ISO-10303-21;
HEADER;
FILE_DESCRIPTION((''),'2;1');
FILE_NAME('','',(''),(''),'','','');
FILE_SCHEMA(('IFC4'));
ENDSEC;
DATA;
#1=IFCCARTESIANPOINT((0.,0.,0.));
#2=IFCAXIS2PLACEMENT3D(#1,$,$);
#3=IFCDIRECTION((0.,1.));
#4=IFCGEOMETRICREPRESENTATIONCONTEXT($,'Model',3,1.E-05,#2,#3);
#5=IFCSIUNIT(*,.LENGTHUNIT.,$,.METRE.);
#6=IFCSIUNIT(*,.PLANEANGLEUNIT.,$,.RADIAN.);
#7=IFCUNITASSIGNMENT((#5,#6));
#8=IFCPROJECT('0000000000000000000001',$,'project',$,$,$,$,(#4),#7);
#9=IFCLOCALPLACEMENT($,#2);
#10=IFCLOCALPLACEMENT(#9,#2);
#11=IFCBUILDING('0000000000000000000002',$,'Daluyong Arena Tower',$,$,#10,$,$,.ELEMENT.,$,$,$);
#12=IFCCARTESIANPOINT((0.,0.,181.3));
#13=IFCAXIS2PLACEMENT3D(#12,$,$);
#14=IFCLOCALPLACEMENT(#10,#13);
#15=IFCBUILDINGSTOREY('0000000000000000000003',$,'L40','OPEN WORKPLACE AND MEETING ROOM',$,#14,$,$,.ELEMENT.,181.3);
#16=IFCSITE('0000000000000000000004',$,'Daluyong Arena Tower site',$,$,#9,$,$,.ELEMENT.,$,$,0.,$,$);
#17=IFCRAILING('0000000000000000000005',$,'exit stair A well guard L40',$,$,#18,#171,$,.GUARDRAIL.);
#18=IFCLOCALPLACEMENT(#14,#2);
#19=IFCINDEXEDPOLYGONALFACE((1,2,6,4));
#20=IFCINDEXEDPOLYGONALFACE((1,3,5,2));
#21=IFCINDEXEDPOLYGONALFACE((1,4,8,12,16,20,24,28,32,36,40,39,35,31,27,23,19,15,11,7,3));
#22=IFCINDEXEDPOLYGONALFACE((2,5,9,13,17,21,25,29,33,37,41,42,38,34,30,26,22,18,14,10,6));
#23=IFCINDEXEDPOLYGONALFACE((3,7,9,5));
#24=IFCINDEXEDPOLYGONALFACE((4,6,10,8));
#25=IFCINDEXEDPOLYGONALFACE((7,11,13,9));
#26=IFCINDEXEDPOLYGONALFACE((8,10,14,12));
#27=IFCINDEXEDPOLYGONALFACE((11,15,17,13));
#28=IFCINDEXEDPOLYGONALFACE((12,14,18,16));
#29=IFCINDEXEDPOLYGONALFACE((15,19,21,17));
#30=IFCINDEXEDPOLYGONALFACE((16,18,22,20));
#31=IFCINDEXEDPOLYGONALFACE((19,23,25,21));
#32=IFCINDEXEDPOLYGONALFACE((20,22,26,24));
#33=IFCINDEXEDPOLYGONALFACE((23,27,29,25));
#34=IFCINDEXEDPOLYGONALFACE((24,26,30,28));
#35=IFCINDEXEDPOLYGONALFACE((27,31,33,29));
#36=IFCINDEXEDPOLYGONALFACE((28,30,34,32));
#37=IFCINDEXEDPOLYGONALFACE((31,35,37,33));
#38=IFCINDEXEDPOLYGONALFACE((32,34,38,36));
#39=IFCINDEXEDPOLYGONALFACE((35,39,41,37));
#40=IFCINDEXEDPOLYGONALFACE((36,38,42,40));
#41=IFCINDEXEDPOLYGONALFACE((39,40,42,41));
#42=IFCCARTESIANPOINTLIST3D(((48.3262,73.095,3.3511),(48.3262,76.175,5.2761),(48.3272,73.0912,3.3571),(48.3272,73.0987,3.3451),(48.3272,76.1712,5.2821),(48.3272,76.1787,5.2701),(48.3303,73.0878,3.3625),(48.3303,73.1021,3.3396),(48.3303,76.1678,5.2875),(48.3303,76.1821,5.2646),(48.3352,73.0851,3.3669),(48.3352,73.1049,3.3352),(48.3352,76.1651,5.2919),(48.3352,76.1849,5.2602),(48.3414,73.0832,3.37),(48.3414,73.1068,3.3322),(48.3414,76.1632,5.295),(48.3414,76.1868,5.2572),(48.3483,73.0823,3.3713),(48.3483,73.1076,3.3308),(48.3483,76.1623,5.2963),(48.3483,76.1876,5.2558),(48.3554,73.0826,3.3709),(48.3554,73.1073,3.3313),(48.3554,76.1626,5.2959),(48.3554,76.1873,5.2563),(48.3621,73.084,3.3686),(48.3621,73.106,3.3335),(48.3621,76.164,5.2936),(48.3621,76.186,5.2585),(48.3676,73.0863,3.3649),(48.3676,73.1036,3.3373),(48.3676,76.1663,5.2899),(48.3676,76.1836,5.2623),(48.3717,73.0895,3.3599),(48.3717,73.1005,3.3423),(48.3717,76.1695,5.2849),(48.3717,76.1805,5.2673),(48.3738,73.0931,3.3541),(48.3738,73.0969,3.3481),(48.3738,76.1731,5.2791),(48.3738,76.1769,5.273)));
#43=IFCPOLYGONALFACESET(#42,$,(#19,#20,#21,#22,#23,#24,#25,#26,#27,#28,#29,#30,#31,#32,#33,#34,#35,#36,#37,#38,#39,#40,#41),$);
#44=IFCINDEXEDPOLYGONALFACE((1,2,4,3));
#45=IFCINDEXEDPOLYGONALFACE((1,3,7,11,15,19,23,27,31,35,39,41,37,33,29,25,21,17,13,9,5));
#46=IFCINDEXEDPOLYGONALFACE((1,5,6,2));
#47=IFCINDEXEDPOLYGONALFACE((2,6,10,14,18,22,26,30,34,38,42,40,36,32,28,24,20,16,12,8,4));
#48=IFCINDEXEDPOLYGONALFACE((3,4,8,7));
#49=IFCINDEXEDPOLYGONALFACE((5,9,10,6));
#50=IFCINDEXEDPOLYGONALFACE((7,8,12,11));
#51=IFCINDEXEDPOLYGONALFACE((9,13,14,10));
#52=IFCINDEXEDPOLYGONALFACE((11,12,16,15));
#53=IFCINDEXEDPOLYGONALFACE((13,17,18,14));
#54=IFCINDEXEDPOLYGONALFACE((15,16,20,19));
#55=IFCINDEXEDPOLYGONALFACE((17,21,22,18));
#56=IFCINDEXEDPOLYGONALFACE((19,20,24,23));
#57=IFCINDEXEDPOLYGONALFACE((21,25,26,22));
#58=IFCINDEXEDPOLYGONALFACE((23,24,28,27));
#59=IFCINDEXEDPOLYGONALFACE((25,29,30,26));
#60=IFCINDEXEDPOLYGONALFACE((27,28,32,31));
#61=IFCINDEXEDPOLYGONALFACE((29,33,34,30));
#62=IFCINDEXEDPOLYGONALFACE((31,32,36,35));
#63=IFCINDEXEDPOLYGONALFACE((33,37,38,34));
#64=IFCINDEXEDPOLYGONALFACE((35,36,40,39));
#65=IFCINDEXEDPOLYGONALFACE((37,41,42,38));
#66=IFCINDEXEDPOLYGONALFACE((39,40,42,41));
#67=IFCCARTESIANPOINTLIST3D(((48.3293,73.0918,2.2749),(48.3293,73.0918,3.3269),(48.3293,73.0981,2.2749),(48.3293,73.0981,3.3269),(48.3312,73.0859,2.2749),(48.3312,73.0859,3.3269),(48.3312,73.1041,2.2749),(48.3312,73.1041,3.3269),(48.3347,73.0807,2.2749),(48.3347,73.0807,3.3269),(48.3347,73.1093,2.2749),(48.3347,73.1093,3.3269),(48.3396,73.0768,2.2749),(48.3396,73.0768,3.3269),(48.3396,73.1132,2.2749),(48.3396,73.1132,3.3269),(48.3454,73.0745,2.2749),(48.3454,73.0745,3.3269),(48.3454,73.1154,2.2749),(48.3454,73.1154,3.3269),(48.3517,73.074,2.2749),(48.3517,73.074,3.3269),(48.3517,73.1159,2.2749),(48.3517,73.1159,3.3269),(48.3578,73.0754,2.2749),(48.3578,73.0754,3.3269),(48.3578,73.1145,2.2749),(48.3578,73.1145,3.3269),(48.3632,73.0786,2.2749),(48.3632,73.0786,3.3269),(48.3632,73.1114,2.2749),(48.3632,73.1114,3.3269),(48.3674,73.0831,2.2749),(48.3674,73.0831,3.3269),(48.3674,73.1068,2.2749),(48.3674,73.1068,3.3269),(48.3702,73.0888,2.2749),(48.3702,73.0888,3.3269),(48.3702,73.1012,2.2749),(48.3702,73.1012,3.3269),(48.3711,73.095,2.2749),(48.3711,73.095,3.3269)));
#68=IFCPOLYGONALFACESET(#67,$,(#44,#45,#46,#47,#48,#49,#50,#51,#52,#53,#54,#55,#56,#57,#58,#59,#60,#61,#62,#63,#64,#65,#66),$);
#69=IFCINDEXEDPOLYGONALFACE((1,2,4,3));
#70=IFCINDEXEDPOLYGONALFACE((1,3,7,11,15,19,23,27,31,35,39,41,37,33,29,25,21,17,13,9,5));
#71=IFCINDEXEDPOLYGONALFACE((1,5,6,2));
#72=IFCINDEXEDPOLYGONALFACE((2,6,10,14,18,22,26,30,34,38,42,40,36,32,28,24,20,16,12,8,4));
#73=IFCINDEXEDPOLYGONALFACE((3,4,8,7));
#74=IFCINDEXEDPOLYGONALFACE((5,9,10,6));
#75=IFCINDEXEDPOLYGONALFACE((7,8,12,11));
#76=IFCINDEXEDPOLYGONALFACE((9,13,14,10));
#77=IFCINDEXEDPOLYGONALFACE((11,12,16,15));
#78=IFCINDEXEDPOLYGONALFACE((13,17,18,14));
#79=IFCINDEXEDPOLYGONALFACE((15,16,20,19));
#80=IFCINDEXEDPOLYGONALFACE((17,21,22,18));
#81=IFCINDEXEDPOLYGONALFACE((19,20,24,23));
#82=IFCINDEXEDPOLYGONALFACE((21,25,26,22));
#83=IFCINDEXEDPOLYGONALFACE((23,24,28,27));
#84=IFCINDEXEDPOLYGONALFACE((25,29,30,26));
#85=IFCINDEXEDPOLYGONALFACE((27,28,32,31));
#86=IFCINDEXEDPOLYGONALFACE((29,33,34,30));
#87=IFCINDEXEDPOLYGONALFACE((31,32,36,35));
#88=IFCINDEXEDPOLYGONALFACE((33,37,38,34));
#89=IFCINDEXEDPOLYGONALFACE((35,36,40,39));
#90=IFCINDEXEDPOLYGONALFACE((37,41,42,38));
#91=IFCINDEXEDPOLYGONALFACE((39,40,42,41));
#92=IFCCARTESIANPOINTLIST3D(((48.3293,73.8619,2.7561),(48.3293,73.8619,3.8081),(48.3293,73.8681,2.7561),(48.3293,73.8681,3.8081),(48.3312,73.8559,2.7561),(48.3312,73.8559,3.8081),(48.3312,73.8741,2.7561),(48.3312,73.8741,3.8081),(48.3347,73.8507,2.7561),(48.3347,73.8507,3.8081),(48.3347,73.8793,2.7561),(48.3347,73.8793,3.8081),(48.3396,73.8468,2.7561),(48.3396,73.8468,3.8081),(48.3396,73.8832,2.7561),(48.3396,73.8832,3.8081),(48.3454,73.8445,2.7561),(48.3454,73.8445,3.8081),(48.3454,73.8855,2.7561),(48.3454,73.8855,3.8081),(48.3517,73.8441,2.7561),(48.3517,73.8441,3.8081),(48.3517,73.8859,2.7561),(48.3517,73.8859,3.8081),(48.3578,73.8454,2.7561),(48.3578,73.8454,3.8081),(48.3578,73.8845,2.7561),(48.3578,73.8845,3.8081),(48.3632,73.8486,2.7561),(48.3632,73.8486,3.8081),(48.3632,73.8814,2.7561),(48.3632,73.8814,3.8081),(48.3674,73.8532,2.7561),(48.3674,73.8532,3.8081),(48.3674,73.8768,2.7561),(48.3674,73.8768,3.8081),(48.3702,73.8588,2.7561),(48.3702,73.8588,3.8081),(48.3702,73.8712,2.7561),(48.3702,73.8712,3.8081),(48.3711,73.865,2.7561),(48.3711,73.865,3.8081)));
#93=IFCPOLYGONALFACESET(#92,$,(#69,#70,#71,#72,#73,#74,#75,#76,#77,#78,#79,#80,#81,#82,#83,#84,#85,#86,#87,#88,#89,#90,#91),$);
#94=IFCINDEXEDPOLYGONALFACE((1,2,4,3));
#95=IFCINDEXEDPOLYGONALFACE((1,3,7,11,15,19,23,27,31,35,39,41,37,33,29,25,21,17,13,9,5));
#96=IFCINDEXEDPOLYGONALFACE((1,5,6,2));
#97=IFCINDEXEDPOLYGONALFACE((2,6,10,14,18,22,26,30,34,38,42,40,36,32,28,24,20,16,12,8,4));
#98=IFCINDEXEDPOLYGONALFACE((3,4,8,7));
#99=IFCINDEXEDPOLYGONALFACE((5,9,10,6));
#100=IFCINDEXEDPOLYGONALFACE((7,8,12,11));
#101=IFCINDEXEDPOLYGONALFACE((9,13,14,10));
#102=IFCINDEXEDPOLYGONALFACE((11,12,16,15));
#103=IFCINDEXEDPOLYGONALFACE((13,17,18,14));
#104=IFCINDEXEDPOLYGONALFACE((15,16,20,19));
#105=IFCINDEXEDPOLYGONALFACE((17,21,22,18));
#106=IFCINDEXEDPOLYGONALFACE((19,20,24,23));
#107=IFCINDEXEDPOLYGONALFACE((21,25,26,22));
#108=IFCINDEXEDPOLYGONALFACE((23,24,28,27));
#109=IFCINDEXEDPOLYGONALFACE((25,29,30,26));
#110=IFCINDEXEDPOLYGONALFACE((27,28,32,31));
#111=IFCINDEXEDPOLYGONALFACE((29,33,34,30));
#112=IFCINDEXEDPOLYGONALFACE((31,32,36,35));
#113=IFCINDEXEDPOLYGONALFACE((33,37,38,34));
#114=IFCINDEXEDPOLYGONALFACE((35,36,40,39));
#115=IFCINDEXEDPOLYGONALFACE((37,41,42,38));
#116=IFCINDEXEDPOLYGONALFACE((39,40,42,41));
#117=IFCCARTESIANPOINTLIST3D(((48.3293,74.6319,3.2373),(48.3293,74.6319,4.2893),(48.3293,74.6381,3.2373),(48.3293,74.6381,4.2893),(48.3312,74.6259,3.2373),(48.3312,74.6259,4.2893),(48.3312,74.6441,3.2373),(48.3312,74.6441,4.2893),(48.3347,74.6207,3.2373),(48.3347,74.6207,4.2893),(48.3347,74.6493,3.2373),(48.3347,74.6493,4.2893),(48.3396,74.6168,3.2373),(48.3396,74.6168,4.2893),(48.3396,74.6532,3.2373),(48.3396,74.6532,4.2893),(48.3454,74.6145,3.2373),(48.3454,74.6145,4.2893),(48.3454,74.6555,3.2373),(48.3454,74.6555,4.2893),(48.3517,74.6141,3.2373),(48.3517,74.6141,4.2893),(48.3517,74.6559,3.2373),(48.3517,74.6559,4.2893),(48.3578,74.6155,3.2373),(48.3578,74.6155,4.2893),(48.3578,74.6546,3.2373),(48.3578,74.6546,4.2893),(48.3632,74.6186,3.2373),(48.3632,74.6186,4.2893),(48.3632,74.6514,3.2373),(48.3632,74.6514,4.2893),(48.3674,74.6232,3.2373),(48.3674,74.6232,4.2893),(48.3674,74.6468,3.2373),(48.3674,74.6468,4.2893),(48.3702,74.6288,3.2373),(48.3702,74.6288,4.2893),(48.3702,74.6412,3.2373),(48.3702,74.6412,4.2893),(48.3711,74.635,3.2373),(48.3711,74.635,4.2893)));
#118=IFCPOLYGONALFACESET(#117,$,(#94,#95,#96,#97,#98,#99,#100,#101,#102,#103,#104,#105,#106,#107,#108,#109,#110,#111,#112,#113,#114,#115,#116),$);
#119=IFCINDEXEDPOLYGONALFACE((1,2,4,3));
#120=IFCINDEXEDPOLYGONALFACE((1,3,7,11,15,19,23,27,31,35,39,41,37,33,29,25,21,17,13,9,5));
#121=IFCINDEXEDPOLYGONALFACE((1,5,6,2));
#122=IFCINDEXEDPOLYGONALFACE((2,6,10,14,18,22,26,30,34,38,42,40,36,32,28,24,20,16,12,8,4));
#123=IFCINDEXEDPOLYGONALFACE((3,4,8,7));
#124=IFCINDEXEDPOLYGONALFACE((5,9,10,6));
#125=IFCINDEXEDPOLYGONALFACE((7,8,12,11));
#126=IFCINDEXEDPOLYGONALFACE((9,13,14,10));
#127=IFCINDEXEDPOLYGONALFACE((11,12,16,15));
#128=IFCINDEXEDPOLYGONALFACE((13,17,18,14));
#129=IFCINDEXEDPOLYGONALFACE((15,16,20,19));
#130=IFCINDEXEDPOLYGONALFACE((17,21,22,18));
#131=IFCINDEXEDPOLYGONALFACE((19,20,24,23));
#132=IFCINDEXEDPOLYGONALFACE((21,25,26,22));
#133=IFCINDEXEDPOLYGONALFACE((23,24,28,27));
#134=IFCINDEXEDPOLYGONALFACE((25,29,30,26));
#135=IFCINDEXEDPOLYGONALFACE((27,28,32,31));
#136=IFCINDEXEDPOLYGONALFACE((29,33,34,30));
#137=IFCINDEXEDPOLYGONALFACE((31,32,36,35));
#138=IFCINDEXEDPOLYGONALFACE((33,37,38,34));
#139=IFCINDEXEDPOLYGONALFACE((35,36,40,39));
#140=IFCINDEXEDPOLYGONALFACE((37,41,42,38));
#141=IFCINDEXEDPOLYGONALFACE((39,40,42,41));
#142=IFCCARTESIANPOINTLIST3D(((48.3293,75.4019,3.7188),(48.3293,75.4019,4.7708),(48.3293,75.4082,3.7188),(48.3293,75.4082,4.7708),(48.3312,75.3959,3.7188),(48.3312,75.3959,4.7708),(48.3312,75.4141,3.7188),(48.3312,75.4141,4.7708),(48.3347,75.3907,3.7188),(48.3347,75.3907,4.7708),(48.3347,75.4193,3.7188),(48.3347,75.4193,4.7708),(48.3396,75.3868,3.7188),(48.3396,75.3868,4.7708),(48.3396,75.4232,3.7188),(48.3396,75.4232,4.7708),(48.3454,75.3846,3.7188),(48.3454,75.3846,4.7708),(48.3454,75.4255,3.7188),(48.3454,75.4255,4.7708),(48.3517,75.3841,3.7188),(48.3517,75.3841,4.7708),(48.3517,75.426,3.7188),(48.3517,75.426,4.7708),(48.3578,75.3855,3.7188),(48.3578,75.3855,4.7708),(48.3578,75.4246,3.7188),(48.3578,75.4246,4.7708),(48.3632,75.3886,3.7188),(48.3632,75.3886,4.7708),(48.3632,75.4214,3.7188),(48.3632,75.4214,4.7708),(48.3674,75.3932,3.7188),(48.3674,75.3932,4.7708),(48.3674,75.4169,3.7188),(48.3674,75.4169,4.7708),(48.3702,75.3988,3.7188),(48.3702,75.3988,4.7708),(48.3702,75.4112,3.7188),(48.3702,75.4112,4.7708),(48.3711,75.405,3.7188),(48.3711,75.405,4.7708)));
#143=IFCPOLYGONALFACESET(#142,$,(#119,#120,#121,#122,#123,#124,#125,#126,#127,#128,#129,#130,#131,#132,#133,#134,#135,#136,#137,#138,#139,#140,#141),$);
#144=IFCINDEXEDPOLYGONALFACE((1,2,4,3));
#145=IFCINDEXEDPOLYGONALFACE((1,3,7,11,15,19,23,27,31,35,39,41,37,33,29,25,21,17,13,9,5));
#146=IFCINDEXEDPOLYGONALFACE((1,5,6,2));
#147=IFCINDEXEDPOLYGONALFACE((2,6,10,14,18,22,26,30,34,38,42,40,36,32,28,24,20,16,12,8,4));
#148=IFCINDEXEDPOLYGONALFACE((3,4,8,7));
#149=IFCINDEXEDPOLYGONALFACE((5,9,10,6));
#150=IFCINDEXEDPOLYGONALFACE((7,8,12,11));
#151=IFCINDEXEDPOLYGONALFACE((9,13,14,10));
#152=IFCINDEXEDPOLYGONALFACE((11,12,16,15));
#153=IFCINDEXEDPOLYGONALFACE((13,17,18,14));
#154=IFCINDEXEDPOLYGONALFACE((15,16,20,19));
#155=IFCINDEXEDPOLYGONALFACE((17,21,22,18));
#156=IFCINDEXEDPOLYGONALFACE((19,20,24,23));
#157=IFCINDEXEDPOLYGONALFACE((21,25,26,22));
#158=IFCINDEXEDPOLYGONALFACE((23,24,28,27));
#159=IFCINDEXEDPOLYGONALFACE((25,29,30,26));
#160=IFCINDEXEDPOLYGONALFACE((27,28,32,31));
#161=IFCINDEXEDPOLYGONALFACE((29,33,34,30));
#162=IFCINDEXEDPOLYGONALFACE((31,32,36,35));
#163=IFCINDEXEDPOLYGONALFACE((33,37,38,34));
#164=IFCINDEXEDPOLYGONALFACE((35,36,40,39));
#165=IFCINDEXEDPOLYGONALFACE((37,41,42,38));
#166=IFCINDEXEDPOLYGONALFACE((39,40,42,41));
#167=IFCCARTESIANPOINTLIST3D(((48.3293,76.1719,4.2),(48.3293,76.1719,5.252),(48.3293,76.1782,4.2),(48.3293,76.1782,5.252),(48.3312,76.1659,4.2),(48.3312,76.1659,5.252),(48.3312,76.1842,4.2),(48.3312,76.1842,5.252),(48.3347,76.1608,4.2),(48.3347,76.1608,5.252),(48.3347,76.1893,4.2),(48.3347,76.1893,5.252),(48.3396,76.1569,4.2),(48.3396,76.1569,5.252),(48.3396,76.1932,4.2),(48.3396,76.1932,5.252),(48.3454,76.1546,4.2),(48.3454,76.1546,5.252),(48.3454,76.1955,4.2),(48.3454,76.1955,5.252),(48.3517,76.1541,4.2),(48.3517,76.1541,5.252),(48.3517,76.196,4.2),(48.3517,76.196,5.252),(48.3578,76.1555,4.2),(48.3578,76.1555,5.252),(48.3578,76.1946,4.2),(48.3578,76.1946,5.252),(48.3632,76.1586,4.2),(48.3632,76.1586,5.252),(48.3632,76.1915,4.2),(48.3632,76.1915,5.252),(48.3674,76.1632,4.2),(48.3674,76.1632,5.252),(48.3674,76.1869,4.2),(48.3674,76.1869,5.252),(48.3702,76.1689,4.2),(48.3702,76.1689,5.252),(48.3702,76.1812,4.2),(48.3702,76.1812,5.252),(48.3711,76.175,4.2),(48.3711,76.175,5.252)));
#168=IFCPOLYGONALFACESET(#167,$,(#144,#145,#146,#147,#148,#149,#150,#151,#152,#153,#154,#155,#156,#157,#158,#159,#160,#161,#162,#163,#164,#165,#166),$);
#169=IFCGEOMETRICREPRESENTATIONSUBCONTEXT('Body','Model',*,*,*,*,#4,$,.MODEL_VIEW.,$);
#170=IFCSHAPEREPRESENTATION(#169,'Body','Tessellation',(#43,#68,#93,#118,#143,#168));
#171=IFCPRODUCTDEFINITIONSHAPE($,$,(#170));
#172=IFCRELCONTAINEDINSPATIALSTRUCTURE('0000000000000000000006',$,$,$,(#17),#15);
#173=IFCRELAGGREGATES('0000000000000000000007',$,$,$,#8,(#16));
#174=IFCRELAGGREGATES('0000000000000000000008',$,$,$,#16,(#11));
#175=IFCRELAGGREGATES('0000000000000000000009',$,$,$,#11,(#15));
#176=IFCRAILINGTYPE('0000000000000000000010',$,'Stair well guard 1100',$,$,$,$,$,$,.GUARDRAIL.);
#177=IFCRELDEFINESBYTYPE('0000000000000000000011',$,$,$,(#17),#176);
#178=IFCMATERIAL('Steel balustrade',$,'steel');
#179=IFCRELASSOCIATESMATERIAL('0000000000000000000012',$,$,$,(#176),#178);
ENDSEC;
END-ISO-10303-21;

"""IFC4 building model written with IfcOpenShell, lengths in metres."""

from ifc_helpers import new_model, si_unit, direction, frame, origin, origin_2d, place, context, subcontext, project, spatial, circle, extrude, material, type_object, element, save


model = new_model("IFC4")

# Units and contexts
model_context = context("Model", 3, precision=1e-05, world=origin(), true_north=direction((0.0, 1.0)))
body_context = subcontext(model_context, "Body", "Model", "MODEL_VIEW")
ifc_project = project(units=[si_unit("LENGTHUNIT", "METRE"), si_unit("PLANEANGLEUNIT", "RADIAN")], contexts=[model_context])

# Site, building, storey
site_placement = place(None, origin())
site = spatial("IfcSite", under=ifc_project, at=site_placement, Name="Daluyong Arena Tower site", CompositionType="ELEMENT", RefElevation=0.0)
building_placement = place(site_placement, origin())
building = spatial("IfcBuilding", under=site, at=building_placement, Name="Daluyong Arena Tower", CompositionType="ELEMENT")
storey_placement = place(building_placement, frame((0.0, 0.0, 181.3)))
storey = spatial("IfcBuildingStorey", under=building, at=storey_placement, Name="L40", Description="OPEN WORKPLACE AND MEETING ROOM", CompositionType="ELEMENT", Elevation=181.3)

# Railing
ifc_material_1 = material(Name="Steel balustrade", Category="steel")
railing_type_1 = type_object("IfcRailingType", Name="Stair well guard 1100", PredefinedType="GUARDRAIL", material=ifc_material_1)
railing_1_placement = place(storey_placement, frame((48.3501, 73.095, 2.2749)))
element("IfcRailing", 1, at=railing_1_placement, inside=storey, type_object=railing_type_1, Name="exit stair A well guard L40", PredefinedType="GUARDRAIL", context=body_context, shape_type="SweptSolid", body=[
    extrude(circle(Radius=0.0239, at=origin_2d()), frame((0.0, 0.0, 1.0762), z_axis=(0.0, 0.847998, 0.529999), x_axis=(-1.0, 0.0, 0.0)), (0.0, 0.0, 1.0), 3.6321),
    extrude(circle(Radius=0.021, at=origin_2d()), origin(), (0.0, 0.0, 1.0), 1.052),
    extrude(circle(Radius=0.021, at=origin_2d()), frame((0.0, 0.77, 0.4812)), (0.0, 0.0, 1.0), 1.052),
    extrude(circle(Radius=0.021, at=origin_2d()), frame((0.0, 1.54, 0.9624)), (0.0, 0.0, 1.0), 1.052),
    extrude(circle(Radius=0.021, at=origin_2d()), frame((0.0, 2.3101, 1.4438)), (0.0, 0.0, 1.0), 1.052),
    extrude(circle(Radius=0.021, at=origin_2d()), frame((0.0, 3.0801, 1.925)), (0.0, 0.0, 1.0), 1.052),
])

save(model, "model.ifc")
